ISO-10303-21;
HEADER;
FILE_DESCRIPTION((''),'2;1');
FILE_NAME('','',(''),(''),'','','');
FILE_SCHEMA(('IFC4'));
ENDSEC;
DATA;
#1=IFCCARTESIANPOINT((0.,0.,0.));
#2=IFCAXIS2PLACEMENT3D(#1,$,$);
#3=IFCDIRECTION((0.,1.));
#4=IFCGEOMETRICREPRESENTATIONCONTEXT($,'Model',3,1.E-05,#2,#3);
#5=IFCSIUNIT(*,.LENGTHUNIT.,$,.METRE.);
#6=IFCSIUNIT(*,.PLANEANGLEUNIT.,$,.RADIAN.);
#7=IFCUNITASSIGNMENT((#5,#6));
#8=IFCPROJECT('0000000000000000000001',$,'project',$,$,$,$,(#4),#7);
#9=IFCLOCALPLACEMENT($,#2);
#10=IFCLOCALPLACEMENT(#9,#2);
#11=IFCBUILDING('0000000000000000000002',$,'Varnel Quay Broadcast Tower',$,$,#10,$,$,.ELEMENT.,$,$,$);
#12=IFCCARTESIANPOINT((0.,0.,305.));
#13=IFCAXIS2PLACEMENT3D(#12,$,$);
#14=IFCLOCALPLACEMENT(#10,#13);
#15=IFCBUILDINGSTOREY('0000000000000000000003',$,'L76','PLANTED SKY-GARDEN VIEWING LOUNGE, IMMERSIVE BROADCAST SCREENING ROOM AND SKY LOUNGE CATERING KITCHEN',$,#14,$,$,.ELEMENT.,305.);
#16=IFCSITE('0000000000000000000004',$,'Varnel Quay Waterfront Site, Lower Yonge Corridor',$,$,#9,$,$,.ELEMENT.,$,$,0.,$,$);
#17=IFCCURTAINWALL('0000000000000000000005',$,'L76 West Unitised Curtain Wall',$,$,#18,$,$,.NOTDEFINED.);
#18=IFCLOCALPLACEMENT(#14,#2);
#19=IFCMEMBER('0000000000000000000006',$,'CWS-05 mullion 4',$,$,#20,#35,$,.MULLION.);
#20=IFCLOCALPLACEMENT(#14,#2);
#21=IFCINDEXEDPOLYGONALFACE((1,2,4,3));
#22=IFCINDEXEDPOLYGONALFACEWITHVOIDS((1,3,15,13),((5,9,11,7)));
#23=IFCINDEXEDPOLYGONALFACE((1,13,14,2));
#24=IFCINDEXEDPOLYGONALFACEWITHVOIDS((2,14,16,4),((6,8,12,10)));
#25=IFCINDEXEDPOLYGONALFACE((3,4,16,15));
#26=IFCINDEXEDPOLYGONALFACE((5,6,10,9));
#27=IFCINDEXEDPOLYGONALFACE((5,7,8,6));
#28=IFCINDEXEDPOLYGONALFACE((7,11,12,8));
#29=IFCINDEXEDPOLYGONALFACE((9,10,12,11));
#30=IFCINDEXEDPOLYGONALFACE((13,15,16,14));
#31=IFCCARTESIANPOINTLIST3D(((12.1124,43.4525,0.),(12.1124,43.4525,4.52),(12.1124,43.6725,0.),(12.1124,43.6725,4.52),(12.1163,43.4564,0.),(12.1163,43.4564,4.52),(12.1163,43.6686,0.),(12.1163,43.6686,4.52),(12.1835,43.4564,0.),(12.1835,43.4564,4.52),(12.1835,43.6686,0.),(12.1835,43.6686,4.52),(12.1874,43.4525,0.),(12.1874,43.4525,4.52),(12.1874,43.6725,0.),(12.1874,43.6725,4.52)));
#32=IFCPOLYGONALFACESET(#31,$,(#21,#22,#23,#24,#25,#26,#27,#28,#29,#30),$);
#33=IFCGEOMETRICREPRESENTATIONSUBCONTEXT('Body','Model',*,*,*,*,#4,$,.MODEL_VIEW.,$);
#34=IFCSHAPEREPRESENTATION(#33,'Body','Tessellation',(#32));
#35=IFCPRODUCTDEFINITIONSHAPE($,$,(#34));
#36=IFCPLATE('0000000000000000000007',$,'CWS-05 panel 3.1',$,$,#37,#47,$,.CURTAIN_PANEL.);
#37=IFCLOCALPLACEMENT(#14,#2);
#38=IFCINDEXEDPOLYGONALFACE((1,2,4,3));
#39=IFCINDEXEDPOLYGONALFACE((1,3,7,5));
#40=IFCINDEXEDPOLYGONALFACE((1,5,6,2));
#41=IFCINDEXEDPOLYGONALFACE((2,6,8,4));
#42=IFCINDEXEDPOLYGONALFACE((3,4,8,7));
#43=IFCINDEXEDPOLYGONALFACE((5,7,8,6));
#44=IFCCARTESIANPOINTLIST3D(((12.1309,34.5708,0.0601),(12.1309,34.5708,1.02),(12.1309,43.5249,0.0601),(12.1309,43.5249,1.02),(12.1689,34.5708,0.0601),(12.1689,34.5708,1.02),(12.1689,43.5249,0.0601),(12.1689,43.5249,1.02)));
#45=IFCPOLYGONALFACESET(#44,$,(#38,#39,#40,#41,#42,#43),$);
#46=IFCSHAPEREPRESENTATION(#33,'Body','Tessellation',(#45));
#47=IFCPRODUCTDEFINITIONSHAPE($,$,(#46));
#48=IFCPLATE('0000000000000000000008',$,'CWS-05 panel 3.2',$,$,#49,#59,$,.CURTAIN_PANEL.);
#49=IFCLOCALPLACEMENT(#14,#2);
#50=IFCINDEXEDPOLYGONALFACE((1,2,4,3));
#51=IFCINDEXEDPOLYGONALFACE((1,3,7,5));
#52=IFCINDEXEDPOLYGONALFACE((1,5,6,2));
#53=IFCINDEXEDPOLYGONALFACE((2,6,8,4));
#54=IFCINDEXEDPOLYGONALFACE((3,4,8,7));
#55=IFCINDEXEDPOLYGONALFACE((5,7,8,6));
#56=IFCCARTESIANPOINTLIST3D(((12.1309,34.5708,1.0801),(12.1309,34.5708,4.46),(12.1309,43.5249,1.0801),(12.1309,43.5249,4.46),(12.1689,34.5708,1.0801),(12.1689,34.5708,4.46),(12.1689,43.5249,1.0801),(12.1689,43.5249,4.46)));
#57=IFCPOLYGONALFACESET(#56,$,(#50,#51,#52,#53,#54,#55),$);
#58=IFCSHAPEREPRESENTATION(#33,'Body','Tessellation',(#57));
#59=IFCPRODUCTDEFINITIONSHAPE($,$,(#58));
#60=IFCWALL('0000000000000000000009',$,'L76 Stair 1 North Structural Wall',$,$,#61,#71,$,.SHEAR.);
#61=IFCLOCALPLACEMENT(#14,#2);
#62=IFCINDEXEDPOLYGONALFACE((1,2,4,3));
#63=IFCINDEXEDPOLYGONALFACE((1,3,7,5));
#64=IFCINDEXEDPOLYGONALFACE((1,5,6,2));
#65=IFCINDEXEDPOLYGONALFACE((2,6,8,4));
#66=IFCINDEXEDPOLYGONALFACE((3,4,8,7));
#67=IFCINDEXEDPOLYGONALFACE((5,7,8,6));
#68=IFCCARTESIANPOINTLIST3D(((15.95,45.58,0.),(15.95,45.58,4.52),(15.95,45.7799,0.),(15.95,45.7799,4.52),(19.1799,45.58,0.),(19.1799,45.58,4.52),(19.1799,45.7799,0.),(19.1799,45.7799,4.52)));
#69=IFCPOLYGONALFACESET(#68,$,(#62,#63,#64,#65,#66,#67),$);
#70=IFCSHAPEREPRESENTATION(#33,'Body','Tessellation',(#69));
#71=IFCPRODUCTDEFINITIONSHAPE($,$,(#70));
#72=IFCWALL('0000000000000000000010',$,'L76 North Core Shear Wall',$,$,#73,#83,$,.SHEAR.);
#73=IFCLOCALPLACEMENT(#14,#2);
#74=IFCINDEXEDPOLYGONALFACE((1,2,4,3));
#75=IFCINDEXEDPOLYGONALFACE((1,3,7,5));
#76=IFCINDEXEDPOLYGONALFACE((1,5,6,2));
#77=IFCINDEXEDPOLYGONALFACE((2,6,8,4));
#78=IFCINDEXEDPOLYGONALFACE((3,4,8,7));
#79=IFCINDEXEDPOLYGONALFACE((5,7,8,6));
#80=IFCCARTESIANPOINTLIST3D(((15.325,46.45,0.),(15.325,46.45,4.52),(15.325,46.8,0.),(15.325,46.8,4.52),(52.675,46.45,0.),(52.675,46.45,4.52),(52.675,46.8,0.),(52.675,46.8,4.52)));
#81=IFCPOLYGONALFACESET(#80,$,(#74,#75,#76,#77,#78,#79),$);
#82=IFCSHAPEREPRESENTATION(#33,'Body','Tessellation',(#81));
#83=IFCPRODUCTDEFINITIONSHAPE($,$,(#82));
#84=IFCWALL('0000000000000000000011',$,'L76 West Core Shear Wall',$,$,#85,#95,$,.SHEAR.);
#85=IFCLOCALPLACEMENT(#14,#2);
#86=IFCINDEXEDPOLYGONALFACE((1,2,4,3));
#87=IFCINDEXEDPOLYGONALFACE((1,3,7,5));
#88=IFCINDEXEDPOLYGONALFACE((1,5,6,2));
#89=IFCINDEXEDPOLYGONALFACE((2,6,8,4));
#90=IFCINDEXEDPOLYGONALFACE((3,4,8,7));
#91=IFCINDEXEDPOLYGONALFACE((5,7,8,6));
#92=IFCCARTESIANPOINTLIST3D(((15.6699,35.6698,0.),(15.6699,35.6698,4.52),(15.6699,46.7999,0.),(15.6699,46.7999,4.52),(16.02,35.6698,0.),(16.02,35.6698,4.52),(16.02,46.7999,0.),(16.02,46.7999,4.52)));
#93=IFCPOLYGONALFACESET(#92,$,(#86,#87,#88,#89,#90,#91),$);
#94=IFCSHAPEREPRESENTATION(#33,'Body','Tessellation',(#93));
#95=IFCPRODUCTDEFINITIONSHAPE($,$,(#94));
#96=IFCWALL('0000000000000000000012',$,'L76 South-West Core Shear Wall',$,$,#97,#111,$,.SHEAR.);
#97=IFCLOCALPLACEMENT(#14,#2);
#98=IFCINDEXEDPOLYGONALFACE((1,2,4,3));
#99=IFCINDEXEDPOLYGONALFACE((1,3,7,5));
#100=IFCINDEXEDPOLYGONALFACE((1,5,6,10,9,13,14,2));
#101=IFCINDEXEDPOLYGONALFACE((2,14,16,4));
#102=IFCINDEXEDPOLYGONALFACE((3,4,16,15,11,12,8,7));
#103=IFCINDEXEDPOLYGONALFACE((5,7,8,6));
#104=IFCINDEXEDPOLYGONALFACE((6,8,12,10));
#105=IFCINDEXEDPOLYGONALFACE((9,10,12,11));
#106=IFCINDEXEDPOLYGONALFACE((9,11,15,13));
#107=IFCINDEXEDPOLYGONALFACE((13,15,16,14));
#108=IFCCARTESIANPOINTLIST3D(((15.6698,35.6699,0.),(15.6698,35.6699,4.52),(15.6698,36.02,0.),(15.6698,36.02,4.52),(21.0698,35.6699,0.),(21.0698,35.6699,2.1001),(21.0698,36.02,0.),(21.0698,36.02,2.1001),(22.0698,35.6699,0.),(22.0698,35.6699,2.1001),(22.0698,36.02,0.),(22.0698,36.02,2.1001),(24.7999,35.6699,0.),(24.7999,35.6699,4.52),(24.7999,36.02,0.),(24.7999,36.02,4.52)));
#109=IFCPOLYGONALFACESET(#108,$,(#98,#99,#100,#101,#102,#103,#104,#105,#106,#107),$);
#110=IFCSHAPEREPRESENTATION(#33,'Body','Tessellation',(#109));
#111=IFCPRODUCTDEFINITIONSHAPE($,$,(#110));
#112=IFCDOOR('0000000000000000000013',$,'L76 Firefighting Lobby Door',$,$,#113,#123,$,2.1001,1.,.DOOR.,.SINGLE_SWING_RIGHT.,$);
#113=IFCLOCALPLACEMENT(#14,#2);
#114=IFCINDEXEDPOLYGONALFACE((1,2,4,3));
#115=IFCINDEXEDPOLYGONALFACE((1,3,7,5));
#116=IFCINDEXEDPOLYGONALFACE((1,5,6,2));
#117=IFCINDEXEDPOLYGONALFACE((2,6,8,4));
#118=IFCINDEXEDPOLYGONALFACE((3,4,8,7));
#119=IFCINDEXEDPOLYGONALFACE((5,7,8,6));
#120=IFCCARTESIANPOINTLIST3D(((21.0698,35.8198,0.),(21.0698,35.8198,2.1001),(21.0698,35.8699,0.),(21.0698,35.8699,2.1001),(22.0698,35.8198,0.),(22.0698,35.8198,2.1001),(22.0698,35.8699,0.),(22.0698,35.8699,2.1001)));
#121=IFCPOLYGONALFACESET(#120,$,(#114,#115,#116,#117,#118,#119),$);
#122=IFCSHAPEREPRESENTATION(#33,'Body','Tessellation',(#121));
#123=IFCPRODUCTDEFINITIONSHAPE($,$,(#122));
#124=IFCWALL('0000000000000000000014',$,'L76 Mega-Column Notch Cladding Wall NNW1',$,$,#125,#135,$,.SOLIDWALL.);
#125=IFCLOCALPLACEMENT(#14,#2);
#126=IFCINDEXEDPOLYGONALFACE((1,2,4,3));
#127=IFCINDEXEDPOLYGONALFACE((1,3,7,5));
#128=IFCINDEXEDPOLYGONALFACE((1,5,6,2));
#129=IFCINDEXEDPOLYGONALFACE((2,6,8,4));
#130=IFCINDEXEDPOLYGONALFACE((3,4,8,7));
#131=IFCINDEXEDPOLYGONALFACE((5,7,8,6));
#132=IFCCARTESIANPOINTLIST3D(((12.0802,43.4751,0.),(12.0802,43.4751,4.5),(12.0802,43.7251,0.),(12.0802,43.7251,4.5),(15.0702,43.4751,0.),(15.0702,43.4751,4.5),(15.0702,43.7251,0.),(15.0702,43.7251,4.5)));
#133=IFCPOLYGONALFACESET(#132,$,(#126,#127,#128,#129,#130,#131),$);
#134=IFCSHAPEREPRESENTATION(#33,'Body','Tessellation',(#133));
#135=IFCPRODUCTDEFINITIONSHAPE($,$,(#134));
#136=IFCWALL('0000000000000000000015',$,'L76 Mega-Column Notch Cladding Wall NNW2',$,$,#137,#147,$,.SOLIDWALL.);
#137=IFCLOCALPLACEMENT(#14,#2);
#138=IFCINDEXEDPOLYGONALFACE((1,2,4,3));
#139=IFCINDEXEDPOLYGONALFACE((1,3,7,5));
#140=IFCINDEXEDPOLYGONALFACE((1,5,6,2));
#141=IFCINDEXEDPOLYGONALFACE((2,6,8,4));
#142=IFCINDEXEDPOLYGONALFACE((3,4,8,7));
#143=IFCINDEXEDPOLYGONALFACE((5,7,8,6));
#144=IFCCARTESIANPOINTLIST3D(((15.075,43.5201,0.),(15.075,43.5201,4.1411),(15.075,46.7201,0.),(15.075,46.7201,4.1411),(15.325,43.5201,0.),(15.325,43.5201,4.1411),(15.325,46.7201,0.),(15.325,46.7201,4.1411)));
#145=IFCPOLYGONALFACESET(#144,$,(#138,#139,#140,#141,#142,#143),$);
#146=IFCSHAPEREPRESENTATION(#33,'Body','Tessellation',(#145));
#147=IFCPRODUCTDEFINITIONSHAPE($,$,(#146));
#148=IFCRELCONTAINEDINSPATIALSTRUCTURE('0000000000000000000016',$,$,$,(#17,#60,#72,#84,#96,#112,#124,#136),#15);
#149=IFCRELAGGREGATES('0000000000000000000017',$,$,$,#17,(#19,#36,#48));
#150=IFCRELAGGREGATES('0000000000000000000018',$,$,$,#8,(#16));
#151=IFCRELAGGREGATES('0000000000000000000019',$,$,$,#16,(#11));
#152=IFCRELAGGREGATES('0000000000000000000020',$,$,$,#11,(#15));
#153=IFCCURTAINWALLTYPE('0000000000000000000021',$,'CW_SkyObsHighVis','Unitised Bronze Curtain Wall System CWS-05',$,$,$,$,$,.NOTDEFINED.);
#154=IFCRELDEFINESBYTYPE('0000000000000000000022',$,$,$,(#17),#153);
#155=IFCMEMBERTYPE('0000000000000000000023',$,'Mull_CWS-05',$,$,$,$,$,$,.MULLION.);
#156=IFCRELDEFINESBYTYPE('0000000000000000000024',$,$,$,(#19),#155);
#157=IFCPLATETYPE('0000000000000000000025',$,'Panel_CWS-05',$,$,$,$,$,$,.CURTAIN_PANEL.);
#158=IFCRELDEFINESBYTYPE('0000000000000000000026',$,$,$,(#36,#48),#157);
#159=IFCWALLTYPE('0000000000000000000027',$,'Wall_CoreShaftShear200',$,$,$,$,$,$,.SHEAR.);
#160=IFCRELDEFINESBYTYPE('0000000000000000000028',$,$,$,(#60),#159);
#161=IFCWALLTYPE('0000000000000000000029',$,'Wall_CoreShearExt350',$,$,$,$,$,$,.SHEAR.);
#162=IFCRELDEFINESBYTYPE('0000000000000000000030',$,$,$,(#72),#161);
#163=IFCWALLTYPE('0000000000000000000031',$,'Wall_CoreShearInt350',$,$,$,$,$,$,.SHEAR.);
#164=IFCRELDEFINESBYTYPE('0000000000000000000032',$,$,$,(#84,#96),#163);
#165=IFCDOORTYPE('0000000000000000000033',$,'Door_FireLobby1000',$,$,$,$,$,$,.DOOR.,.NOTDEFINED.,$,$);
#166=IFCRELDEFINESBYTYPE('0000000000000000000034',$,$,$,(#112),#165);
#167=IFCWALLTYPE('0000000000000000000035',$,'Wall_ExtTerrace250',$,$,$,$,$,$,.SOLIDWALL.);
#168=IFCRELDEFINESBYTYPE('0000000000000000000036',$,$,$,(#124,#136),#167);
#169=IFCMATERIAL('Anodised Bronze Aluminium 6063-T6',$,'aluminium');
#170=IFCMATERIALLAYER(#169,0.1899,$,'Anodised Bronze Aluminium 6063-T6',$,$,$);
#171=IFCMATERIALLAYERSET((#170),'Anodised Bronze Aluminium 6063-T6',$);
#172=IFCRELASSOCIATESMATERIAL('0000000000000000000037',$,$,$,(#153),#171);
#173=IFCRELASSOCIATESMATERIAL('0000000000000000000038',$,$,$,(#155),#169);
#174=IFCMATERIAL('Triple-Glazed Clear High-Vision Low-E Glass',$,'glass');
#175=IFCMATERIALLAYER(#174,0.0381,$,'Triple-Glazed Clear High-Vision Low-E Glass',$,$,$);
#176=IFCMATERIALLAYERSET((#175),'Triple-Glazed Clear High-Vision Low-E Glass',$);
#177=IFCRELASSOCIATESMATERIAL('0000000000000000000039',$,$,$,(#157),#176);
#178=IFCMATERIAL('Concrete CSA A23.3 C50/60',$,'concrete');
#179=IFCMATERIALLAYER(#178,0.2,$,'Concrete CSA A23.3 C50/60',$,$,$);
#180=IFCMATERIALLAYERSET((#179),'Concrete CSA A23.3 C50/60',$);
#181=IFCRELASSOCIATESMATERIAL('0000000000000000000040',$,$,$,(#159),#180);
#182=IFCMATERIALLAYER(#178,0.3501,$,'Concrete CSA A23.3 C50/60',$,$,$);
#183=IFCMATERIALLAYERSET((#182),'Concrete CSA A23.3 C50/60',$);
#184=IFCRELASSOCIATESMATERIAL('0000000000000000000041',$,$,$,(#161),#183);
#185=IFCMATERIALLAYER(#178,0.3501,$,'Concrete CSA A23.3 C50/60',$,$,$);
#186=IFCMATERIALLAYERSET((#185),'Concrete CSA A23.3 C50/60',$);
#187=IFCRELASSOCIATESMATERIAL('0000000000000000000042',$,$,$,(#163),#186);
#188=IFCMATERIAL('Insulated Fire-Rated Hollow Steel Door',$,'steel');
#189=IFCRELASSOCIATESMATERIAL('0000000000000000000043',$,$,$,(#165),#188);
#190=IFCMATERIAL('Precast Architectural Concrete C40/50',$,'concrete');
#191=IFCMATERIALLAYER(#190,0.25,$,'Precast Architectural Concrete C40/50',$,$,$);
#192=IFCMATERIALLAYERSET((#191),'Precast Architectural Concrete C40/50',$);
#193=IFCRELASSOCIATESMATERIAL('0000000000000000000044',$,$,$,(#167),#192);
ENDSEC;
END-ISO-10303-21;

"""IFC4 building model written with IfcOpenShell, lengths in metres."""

from ifc_helpers import new_model, si_unit, direction, frame, frame_2d, origin, origin_2d, place, context, subcontext, project, spatial, rectangle, hollow_rectangle, extrude, source, transform, mapped, material, layer, layer_set, material_profile, profile_set, type_object, type_shapes, element, fill, aggregate, save


model = new_model("IFC4")

# Units and contexts
model_context = context("Model", 3, precision=1e-05, world=origin(), true_north=direction((0.0, 1.0)))
body_context = subcontext(model_context, "Body", "Model", "MODEL_VIEW")
ifc_project = project(units=[si_unit("LENGTHUNIT", "METRE"), si_unit("PLANEANGLEUNIT", "RADIAN")], contexts=[model_context])

# Site, building, storey
site_placement = place(None, origin())
site = spatial("IfcSite", under=ifc_project, at=site_placement, Name="Varnel Quay Waterfront Site, Lower Yonge Corridor", CompositionType="ELEMENT", RefElevation=0.0)
building_placement = place(site_placement, origin())
building = spatial("IfcBuilding", under=site, at=building_placement, Name="Varnel Quay Broadcast Tower", CompositionType="ELEMENT")
storey_placement = place(building_placement, frame((0.0, 0.0, 305.0)))
storey = spatial("IfcBuildingStorey", under=building, at=storey_placement, Name="L76", Description="PLANTED SKY-GARDEN VIEWING LOUNGE, IMMERSIVE BROADCAST SCREENING ROOM AND SKY LOUNGE CATERING KITCHEN", CompositionType="ELEMENT", Elevation=305.0)

# Curtain wall, member, plates
ifc_material_1 = material(Name="Anodised Bronze Aluminium 6063-T6", Category="aluminium")
ifc_layer_1 = layer(ifc_material_1, 0.1899, Name="Anodised Bronze Aluminium 6063-T6")
ifc_layer_set_1 = layer_set([ifc_layer_1], Name="Anodised Bronze Aluminium 6063-T6")
curtain_wall_type = type_object("IfcCurtainWallType", Name="CW_SkyObsHighVis", Description="Unitised Bronze Curtain Wall System CWS-05", PredefinedType="NOTDEFINED", material=ifc_layer_set_1)
curtain_wall_placement = place(storey_placement, origin())
curtain_wall = element("IfcCurtainWall", 1, at=curtain_wall_placement, inside=storey, type_object=curtain_wall_type, Name="L76 West Unitised Curtain Wall", PredefinedType="NOTDEFINED")
ifc_material_profile_1 = material_profile(ifc_material_1, hollow_rectangle(XDim=0.075, YDim=0.22, WallThickness=0.0039, at=origin_2d()), Name="ALU75X220X4")
ifc_profile_set_1 = profile_set([ifc_material_profile_1], Name="Anodised Bronze Aluminium 6063-T6")
member_type = type_object("IfcMemberType", Name="Mull_CWS-05", PredefinedType="MULLION", material=ifc_profile_set_1)
shared_shape_1 = source(origin(), body_context, "Body", "SweptSolid", [
    extrude(hollow_rectangle(XDim=0.075, YDim=0.22, WallThickness=0.0039, at=origin_2d()), origin(), (0.0, 0.0, 1.0), 4.52),
])
type_shapes(member_type, [shared_shape_1])
member_placement = place(storey_placement, frame((12.1499, 43.5625, 0.0), z_axis=(0.0, 0.0, 1.0), x_axis=(-1.0, 0.0, 0.0)))
member = element("IfcMember", 2, at=member_placement, type_object=member_type, Name="CWS-05 mullion 4", PredefinedType="MULLION", context=body_context, shape_type="MappedRepresentation", body=[
    mapped(shared_shape_1, transform((0.0, 0.0, 0.0), x_axis=(1.0, 0.0, 0.0), y_axis=(0.0, 1.0, 0.0), z_axis=(0.0, 0.0, 1.0), scale=1.0)),
])
ifc_material_2 = material(Name="Triple-Glazed Clear High-Vision Low-E Glass", Category="glass")
ifc_layer_2 = layer(ifc_material_2, 0.0381, Name="Triple-Glazed Clear High-Vision Low-E Glass")
ifc_layer_set_2 = layer_set([ifc_layer_2], Name="Triple-Glazed Clear High-Vision Low-E Glass")
plate_type = type_object("IfcPlateType", Name="Panel_CWS-05", PredefinedType="CURTAIN_PANEL", material=ifc_layer_set_2)
shared_shape_2 = source(origin(), body_context, "Body", "SweptSolid", [
    extrude(rectangle(XDim=8.9541, YDim=0.0381, at=origin_2d()), origin(), (0.0, 0.0, 1.0), 0.96),
])
plate_1_placement = place(storey_placement, frame((12.1499, 39.0479, 0.0601), z_axis=(0.0, 0.0, 1.0), x_axis=(0.0, 1.0, 0.0)))
plate_1 = element("IfcPlate", 3, at=plate_1_placement, type_object=plate_type, Name="CWS-05 panel 3.1", PredefinedType="CURTAIN_PANEL", context=body_context, shape_type="MappedRepresentation", body=[
    mapped(shared_shape_2, transform((0.0, 0.0, 0.0), x_axis=(1.0, 0.0, 0.0), y_axis=(0.0, 1.0, 0.0), z_axis=(0.0, 0.0, 1.0), scale=1.0)),
])
shared_shape_3 = source(origin(), body_context, "Body", "SweptSolid", [
    extrude(rectangle(XDim=8.9541, YDim=0.0381, at=origin_2d()), origin(), (0.0, 0.0, 1.0), 3.3799),
])
type_shapes(plate_type, [shared_shape_2, shared_shape_3])
plate_2_placement = place(storey_placement, frame((12.1499, 39.0479, 1.0801), z_axis=(0.0, 0.0, 1.0), x_axis=(0.0, 1.0, 0.0)))
plate_2 = element("IfcPlate", 4, at=plate_2_placement, type_object=plate_type, Name="CWS-05 panel 3.2", PredefinedType="CURTAIN_PANEL", context=body_context, shape_type="MappedRepresentation", body=[
    mapped(shared_shape_3, transform((0.0, 0.0, 0.0), x_axis=(1.0, 0.0, 0.0), y_axis=(0.0, 1.0, 0.0), z_axis=(0.0, 0.0, 1.0), scale=1.0)),
])
aggregate(curtain_wall, [member, plate_1, plate_2])

# Walls
ifc_material_3 = material(Name="Concrete CSA A23.3 C50/60", Category="concrete")
ifc_layer_3 = layer(ifc_material_3, 0.2, Name="Concrete CSA A23.3 C50/60")
ifc_layer_set_3 = layer_set([ifc_layer_3], Name="Concrete CSA A23.3 C50/60")
wall_type_1 = type_object("IfcWallType", Name="Wall_CoreShaftShear200", PredefinedType="SHEAR", material=ifc_layer_set_3)
wall_1_placement = place(storey_placement, frame((15.95, 45.6799, 0.0), z_axis=(0.0, 0.0, 1.0), x_axis=(1.0, 0.0, 0.0)))
element("IfcWall", 5, at=wall_1_placement, inside=storey, type_object=wall_type_1, Name="L76 Stair 1 North Structural Wall", PredefinedType="SHEAR", context=body_context, shape_type="SweptSolid", body=[
    extrude(rectangle(XDim=3.23, YDim=0.2, at=frame_2d((1.615, 0.0))), origin(), (0.0, 0.0, 1.0), 4.52),
])
ifc_layer_4 = layer(ifc_material_3, 0.3501, Name="Concrete CSA A23.3 C50/60")
ifc_layer_set_4 = layer_set([ifc_layer_4], Name="Concrete CSA A23.3 C50/60")
wall_type_2 = type_object("IfcWallType", Name="Wall_CoreShearExt350", PredefinedType="SHEAR", material=ifc_layer_set_4)
wall_2_placement = place(storey_placement, frame((15.325, 46.625, 0.0), z_axis=(0.0, 0.0, 1.0), x_axis=(1.0, 0.0, 0.0)))
element("IfcWall", 6, at=wall_2_placement, inside=storey, type_object=wall_type_2, Name="L76 North Core Shear Wall", PredefinedType="SHEAR", context=body_context, shape_type="SweptSolid", body=[
    extrude(rectangle(XDim=37.3501, YDim=0.3501, at=frame_2d((18.675, 0.0))), origin(), (0.0, 0.0, 1.0), 4.52),
])
ifc_layer_5 = layer(ifc_material_3, 0.3501, Name="Concrete CSA A23.3 C50/60")
ifc_layer_set_5 = layer_set([ifc_layer_5], Name="Concrete CSA A23.3 C50/60")
wall_type_3 = type_object("IfcWallType", Name="Wall_CoreShearInt350", PredefinedType="SHEAR", material=ifc_layer_set_5)
wall_3_placement = place(storey_placement, frame((15.845, 35.6699, 0.0), z_axis=(0.0, 0.0, 1.0), x_axis=(0.0, 1.0, 0.0)))
element("IfcWall", 7, at=wall_3_placement, inside=storey, type_object=wall_type_3, Name="L76 West Core Shear Wall", PredefinedType="SHEAR", context=body_context, shape_type="SweptSolid", body=[
    extrude(rectangle(XDim=11.1301, YDim=0.3501, at=frame_2d((5.5649, 0.0))), origin(), (0.0, 0.0, 1.0), 4.52),
])

# Wall, opening, door
wall_4_placement = place(storey_placement, frame((15.6699, 35.845, 0.0), z_axis=(0.0, 0.0, 1.0), x_axis=(1.0, 0.0, 0.0)))
wall_4 = element("IfcWall", 8, at=wall_4_placement, inside=storey, type_object=wall_type_3, Name="L76 South-West Core Shear Wall", PredefinedType="SHEAR", context=body_context, shape_type="SweptSolid", body=[
    extrude(rectangle(XDim=9.1301, YDim=0.3501, at=frame_2d((4.5649, 0.0))), origin(), (0.0, 0.0, 1.0), 4.52),
])
opening_placement = place(wall_4_placement, frame((5.3999, 0.0, 0.0)))
opening = element("IfcOpeningElement", 9, at=opening_placement, cuts=wall_4, PredefinedType="OPENING", context=body_context, shape_type="SweptSolid", body=[
    extrude(rectangle(XDim=1.0, YDim=2.1001, at=frame_2d((0.5, 1.05))), frame((0.0, 0.1851, 0.0), z_axis=(0.0, -1.0, 0.0), x_axis=(1.0, 0.0, 0.0)), (0.0, 0.0, 1.0), 0.3701),
])
ifc_material_4 = material(Name="Insulated Fire-Rated Hollow Steel Door", Category="steel")
door_type = type_object("IfcDoorType", Name="Door_FireLobby1000", OperationType="NOTDEFINED", PredefinedType="DOOR", material=ifc_material_4)
shared_shape_4 = source(origin(), body_context, "Body", "SweptSolid", [
    extrude(rectangle(XDim=1.0, YDim=2.1001, at=frame_2d((0.5, 1.05))), frame((0.0, 0.0249, 0.0), z_axis=(0.0, -1.0, 0.0), x_axis=(1.0, 0.0, 0.0)), (0.0, 0.0, 1.0), 0.05),
])
type_shapes(door_type, [shared_shape_4])
door_placement = place(opening_placement, origin())
door = element("IfcDoor", 10, at=door_placement, inside=storey, type_object=door_type, Name="L76 Firefighting Lobby Door", OperationType="SINGLE_SWING_RIGHT", OverallHeight=2.1001, OverallWidth=1.0, PredefinedType="DOOR", context=body_context, shape_type="MappedRepresentation", body=[
    mapped(shared_shape_4, transform((0.0, 0.0, 0.0), x_axis=(1.0, 0.0, 0.0), y_axis=(0.0, 1.0, 0.0), z_axis=(0.0, 0.0, 1.0), scale=1.0)),
])
fill(opening, door)

# Walls
ifc_material_5 = material(Name="Precast Architectural Concrete C40/50", Category="concrete")
ifc_layer_6 = layer(ifc_material_5, 0.25, Name="Precast Architectural Concrete C40/50")
ifc_layer_set_6 = layer_set([ifc_layer_6], Name="Precast Architectural Concrete C40/50")
wall_type_4 = type_object("IfcWallType", Name="Wall_ExtTerrace250", PredefinedType="SOLIDWALL", material=ifc_layer_set_6)
wall_5_placement = place(storey_placement, frame((12.0801, 43.6001, 0.0), z_axis=(0.0, 0.0, 1.0), x_axis=(1.0, 0.0, 0.0)))
element("IfcWall", 11, at=wall_5_placement, inside=storey, type_object=wall_type_4, Name="L76 Mega-Column Notch Cladding Wall NNW1", PredefinedType="SOLIDWALL", context=body_context, shape_type="SweptSolid", body=[
    extrude(rectangle(XDim=2.99, YDim=0.25, at=frame_2d((1.4951, 0.0))), origin(), (0.0, 0.0, 1.0), 4.5),
])
wall_6_placement = place(storey_placement, frame((15.2, 43.52, 0.0), z_axis=(0.0, 0.0, 1.0), x_axis=(0.0, 1.0, 0.0)))
element("IfcWall", 12, at=wall_6_placement, inside=storey, type_object=wall_type_4, Name="L76 Mega-Column Notch Cladding Wall NNW2", PredefinedType="SOLIDWALL", context=body_context, shape_type="SweptSolid", body=[
    extrude(rectangle(XDim=3.2, YDim=0.25, at=frame_2d((1.6001, 0.0))), origin(), (0.0, 0.0, 1.0), 4.1411),
])

save(model, "model.ifc")
